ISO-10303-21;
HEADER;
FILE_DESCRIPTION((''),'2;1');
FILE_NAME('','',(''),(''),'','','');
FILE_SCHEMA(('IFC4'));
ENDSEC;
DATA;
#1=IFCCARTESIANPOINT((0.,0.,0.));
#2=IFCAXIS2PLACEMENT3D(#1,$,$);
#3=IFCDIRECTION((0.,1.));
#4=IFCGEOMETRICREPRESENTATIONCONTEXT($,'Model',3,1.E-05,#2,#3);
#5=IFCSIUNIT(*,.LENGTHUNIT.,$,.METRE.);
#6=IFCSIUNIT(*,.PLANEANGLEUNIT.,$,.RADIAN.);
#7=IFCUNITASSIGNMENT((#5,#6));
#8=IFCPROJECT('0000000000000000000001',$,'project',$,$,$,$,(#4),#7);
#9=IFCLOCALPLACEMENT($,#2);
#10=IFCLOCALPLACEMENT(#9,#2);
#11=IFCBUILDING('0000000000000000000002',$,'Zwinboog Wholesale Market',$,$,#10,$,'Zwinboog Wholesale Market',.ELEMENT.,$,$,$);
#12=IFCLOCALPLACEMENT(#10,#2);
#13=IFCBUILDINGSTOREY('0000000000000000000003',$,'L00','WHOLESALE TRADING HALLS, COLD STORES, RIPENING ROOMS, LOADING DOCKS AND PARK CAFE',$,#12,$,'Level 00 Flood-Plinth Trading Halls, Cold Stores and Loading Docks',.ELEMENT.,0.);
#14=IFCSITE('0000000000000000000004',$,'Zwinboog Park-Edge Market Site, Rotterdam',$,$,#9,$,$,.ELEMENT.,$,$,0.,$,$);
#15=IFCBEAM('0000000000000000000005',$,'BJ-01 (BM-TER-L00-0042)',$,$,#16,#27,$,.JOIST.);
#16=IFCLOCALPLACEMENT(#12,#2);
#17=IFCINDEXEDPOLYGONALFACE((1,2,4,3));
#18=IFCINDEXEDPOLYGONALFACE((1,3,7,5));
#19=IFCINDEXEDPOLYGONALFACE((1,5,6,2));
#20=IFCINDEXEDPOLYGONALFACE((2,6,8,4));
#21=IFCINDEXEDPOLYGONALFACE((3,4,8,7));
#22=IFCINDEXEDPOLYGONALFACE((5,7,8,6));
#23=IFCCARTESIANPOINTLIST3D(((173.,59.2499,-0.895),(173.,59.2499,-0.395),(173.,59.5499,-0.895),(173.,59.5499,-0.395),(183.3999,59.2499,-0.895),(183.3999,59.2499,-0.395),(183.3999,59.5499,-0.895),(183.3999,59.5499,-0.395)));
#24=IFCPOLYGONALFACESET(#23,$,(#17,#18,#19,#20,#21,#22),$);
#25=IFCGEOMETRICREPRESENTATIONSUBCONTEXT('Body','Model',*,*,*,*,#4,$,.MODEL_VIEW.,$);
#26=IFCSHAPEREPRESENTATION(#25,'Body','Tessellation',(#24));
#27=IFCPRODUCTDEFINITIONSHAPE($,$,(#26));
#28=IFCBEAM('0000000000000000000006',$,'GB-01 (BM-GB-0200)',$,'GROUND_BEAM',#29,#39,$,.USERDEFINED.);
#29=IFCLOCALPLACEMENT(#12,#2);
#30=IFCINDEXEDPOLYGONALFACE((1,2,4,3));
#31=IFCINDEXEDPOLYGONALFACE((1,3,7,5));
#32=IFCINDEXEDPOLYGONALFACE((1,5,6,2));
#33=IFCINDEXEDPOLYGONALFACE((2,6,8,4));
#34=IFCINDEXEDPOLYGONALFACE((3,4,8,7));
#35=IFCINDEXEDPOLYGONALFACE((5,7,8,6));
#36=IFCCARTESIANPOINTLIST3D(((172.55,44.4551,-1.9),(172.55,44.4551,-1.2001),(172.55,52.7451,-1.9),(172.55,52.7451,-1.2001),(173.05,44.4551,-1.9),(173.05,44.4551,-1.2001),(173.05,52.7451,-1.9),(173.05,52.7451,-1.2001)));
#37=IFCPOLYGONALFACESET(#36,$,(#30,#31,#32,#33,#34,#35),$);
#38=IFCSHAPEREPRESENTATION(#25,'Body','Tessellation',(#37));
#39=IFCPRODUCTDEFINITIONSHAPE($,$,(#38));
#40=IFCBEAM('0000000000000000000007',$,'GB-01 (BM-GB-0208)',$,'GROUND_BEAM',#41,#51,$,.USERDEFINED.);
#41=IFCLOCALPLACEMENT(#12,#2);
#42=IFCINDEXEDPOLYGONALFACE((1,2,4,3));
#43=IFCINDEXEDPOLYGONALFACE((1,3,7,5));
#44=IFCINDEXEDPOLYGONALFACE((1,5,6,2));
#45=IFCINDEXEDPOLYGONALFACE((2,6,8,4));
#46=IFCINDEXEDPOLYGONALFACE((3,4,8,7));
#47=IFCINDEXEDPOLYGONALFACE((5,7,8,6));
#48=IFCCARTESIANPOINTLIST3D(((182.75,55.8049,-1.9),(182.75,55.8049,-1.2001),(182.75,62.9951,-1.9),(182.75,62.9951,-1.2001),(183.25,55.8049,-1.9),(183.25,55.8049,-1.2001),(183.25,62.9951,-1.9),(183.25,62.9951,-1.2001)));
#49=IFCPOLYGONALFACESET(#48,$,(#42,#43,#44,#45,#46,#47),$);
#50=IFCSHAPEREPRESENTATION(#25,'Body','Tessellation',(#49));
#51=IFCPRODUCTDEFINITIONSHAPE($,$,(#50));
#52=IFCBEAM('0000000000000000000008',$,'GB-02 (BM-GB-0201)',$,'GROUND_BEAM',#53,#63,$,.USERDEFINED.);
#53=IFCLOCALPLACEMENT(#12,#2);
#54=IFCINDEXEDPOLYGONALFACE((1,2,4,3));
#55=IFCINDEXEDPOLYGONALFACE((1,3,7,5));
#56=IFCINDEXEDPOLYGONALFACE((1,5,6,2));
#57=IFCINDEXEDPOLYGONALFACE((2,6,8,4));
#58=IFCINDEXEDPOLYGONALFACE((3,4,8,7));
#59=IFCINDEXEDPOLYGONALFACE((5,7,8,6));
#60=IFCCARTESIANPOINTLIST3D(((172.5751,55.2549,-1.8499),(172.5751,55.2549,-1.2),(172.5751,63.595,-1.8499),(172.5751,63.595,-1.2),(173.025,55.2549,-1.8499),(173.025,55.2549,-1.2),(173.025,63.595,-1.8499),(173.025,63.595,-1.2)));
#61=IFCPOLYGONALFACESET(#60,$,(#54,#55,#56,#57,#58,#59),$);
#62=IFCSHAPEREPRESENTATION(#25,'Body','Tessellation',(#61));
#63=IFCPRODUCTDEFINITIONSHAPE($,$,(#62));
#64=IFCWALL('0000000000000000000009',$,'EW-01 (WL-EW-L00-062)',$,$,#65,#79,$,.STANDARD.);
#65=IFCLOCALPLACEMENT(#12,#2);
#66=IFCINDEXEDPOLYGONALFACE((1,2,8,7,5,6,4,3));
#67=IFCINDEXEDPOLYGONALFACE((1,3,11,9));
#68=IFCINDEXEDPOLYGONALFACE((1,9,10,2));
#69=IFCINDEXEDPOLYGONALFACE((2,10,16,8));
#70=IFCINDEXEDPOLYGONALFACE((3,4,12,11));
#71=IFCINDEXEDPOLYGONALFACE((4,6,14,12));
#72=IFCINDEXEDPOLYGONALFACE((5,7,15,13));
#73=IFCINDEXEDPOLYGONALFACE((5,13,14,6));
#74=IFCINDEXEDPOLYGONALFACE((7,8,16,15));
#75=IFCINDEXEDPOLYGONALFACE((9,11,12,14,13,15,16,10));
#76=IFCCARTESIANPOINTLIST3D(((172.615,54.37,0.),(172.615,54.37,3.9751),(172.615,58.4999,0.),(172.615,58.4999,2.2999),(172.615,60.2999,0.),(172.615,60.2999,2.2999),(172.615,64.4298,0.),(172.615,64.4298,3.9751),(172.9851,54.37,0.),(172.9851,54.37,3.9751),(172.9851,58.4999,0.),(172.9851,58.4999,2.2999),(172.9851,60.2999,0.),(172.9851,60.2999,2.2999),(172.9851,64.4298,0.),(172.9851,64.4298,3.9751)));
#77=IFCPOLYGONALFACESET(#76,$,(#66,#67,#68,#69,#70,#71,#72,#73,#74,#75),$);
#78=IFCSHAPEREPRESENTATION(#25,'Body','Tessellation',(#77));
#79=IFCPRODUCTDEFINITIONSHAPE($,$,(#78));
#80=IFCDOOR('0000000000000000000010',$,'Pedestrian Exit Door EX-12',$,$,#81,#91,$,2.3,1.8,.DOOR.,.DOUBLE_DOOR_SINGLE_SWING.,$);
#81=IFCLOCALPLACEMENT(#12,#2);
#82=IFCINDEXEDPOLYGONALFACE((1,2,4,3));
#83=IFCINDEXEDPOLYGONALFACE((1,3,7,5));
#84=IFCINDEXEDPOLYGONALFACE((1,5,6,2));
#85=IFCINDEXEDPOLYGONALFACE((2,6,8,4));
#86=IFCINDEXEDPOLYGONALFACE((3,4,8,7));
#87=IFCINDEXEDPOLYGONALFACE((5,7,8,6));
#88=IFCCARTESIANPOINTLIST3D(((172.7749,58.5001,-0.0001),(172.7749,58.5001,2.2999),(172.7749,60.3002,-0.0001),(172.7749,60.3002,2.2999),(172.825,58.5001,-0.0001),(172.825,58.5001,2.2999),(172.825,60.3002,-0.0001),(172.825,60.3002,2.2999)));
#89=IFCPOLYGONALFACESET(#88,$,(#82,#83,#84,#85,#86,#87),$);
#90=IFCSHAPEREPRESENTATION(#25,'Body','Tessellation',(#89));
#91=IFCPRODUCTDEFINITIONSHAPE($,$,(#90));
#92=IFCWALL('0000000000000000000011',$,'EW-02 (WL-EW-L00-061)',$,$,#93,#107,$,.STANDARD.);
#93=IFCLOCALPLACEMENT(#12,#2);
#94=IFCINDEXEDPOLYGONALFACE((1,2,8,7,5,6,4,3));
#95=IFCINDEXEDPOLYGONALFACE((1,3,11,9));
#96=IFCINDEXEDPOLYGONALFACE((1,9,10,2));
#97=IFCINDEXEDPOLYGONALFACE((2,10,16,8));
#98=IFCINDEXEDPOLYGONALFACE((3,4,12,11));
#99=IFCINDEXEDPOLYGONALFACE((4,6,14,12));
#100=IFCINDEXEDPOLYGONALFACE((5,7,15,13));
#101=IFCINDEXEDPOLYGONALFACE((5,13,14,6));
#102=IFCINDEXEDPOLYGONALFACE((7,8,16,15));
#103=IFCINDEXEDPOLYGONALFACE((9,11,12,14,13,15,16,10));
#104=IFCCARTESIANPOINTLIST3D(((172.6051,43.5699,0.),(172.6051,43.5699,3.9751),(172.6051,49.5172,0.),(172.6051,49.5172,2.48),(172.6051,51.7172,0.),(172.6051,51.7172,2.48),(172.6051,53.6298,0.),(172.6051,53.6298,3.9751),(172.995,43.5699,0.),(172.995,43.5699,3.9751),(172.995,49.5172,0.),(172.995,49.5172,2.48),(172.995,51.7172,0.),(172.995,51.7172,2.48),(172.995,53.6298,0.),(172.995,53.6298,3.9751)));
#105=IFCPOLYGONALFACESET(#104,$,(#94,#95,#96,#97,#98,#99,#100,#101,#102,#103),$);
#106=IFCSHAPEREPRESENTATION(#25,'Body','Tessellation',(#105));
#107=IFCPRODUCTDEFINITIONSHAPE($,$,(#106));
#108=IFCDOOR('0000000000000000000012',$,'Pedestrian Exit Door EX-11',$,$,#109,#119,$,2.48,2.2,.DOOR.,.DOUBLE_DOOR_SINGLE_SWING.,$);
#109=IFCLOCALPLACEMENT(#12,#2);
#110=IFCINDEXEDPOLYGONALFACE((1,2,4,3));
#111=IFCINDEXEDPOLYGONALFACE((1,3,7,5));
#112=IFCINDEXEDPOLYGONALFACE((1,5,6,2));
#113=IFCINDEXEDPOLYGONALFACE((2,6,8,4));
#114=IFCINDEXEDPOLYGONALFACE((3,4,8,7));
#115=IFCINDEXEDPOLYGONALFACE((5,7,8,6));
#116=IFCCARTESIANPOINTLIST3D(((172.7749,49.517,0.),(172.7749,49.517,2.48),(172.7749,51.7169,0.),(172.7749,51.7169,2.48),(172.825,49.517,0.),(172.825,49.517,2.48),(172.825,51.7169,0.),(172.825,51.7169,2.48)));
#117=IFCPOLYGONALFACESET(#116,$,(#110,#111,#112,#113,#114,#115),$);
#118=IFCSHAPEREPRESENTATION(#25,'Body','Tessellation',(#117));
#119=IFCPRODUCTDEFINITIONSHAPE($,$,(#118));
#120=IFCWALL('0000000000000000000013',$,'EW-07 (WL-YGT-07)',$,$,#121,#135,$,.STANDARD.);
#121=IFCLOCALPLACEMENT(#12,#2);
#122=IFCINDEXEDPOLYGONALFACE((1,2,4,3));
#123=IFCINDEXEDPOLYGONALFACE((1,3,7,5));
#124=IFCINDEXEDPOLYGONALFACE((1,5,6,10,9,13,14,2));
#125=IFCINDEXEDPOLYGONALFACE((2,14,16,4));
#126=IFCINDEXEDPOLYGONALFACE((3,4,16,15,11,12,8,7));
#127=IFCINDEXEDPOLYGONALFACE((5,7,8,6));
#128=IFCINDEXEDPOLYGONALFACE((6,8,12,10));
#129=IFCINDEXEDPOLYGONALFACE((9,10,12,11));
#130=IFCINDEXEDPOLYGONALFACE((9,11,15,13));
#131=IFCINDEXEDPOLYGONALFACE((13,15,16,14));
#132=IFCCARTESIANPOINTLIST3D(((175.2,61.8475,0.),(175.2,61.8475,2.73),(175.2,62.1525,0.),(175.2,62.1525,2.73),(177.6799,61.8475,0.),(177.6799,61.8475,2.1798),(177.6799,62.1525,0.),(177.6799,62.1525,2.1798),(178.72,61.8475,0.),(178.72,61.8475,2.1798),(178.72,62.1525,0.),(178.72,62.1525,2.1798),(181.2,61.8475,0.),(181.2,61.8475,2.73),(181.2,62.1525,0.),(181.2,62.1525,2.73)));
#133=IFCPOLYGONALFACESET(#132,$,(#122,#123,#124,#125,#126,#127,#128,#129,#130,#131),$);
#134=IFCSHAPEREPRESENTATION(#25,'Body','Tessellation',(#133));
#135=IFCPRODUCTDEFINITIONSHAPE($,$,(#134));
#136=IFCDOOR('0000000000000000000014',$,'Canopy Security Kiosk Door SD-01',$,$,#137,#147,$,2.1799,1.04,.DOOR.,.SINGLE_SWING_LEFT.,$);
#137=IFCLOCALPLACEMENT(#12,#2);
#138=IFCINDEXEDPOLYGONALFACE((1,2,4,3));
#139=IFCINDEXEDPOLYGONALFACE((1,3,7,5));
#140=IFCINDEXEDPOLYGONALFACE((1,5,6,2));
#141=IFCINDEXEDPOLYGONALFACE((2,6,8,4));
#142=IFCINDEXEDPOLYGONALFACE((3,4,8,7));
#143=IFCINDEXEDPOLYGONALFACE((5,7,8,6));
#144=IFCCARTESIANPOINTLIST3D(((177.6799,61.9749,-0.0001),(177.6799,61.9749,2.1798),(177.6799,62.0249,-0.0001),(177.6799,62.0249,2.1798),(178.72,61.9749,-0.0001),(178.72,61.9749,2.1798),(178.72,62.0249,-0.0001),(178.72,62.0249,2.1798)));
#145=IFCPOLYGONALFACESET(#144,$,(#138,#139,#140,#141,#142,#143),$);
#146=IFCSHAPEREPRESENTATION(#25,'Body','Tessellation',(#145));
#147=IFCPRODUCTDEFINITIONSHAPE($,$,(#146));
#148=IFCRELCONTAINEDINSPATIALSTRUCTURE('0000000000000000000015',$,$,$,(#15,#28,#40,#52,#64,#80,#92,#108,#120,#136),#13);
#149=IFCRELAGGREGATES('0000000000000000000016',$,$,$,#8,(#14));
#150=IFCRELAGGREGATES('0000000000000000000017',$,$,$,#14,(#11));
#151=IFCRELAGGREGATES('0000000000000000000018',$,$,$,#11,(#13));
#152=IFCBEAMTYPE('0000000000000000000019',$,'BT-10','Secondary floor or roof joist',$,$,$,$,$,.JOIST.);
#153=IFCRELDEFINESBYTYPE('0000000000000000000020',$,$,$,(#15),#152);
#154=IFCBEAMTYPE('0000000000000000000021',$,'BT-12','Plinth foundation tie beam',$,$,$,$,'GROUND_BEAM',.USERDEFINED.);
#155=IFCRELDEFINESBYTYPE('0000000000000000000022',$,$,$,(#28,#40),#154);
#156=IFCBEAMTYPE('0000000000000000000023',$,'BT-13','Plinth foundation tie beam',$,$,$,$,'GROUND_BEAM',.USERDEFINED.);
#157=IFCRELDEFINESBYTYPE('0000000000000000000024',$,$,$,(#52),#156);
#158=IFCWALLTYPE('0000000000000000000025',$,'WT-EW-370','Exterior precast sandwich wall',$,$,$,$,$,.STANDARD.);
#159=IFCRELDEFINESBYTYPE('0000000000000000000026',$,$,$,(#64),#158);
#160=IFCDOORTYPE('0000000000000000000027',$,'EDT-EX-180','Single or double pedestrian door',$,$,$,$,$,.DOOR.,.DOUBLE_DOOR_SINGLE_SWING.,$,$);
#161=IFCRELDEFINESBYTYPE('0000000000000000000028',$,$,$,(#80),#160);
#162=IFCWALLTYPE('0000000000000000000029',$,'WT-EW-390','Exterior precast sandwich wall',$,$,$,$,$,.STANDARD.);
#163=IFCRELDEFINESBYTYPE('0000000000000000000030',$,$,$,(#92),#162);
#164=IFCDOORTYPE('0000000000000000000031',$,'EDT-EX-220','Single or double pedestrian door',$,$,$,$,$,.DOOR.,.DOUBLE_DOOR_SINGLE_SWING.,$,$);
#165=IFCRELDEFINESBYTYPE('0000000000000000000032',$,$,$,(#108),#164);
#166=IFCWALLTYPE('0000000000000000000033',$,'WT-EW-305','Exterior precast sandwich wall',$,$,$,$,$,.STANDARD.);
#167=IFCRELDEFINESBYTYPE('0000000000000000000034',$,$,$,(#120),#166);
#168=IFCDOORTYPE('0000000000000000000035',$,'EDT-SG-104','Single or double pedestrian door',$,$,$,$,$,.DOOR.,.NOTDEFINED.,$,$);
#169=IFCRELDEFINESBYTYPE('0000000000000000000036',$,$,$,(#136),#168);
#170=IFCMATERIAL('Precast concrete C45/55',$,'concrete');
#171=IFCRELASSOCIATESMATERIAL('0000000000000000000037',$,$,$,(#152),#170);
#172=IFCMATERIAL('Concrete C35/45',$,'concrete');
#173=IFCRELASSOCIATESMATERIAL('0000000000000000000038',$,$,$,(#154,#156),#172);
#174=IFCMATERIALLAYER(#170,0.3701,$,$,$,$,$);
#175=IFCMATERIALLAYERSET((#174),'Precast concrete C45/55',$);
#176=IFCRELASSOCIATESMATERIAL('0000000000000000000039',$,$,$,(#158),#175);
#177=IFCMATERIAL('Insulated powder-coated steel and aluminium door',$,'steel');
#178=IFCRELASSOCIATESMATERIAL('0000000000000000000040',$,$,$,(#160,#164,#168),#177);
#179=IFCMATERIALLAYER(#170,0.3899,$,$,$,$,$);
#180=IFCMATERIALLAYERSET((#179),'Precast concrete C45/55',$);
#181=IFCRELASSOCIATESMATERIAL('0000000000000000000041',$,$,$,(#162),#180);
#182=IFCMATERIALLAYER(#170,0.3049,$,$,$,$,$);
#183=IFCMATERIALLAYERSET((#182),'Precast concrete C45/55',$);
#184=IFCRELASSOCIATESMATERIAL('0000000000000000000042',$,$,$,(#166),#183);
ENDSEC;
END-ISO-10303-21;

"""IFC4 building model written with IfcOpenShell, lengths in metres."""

from ifc_helpers import new_model, si_unit, direction, frame, frame_2d, origin, origin_2d, place, context, subcontext, project, spatial, rectangle, extrude, material, layer, layer_set, material_profile, profile_set, type_object, element, fill, save


model = new_model("IFC4")

# Units and contexts
model_context = context("Model", 3, precision=1e-05, world=origin(), true_north=direction((0.0, 1.0)))
body_context = subcontext(model_context, "Body", "Model", "MODEL_VIEW")
ifc_project = project(units=[si_unit("LENGTHUNIT", "METRE"), si_unit("PLANEANGLEUNIT", "RADIAN")], contexts=[model_context])

# Site, building, storey
site_placement = place(None, origin())
site = spatial("IfcSite", under=ifc_project, at=site_placement, Name="Zwinboog Park-Edge Market Site, Rotterdam", CompositionType="ELEMENT", RefElevation=0.0)
building_placement = place(site_placement, origin())
building = spatial("IfcBuilding", under=site, at=building_placement, Name="Zwinboog Wholesale Market", LongName="Zwinboog Wholesale Market", CompositionType="ELEMENT")
storey_placement = place(building_placement, origin())
storey = spatial("IfcBuildingStorey", under=building, at=storey_placement, Name="L00", Description="WHOLESALE TRADING HALLS, COLD STORES, RIPENING ROOMS, LOADING DOCKS AND PARK CAFE", LongName="Level 00 Flood-Plinth Trading Halls, Cold Stores and Loading Docks", CompositionType="ELEMENT", Elevation=0.0)

# Shared definitions
ifc_material_1 = material(Name="Concrete C35/45", Category="concrete")

# Shared definitions
ifc_material_2 = material(Name="Precast concrete C45/55", Category="concrete")

# Beams
ifc_material_profile_1 = material_profile(ifc_material_2, rectangle(XDim=0.3, YDim=0.5, at=origin_2d()), Name="PC 300x500")
ifc_profile_set_1 = profile_set([ifc_material_profile_1], Name="Precast concrete C45/55")
beam_type_1 = type_object("IfcBeamType", Name="BT-10", Description="Secondary floor or roof joist", PredefinedType="JOIST", material=ifc_profile_set_1)
for number, where, z_axis, x_axis, name in (
    (1, (173.0, 59.3999, -0.645), (1.0, 0.0, 0.0), (0.0, 1.0, 0.0), "BJ-01 (BM-TER-L00-0042)"),
):
    element("IfcBeam", number, at=place(storey_placement, frame(where, z_axis=z_axis, x_axis=x_axis)), inside=storey, type_object=beam_type_1, Name=name, PredefinedType="JOIST", context=body_context, shape_type="SweptSolid", body=[
        extrude(rectangle(XDim=0.3, YDim=0.5, at=origin_2d()), origin(), (0.0, 0.0, 1.0), 10.3999),
    ])
ifc_material_profile_2 = material_profile(ifc_material_1, rectangle(XDim=0.5, YDim=0.7, at=origin_2d()), Name="RC 500x700")
ifc_profile_set_2 = profile_set([ifc_material_profile_2], Name="Concrete C35/45")
beam_type_2 = type_object("IfcBeamType", Name="BT-12", Description="Plinth foundation tie beam", ElementType="GROUND_BEAM", PredefinedType="USERDEFINED", material=ifc_profile_set_2)
beam_1_placement = place(storey_placement, frame((172.8, 44.4551, -1.55), z_axis=(0.0, 1.0, 0.0), x_axis=(-1.0, 0.0, 0.0)))
element("IfcBeam", 2, at=beam_1_placement, inside=storey, type_object=beam_type_2, Name="GB-01 (BM-GB-0200)", ObjectType="GROUND_BEAM", PredefinedType="USERDEFINED", context=body_context, shape_type="SweptSolid", body=[
    extrude(rectangle(XDim=0.5, YDim=0.7, at=origin_2d()), origin(), (0.0, 0.0, 1.0), 8.29),
])
beam_2_placement = place(storey_placement, frame((183.0, 55.8049, -1.55), z_axis=(0.0, 1.0, 0.0), x_axis=(-1.0, 0.0, 0.0)))
element("IfcBeam", 3, at=beam_2_placement, inside=storey, type_object=beam_type_2, Name="GB-01 (BM-GB-0208)", ObjectType="GROUND_BEAM", PredefinedType="USERDEFINED", context=body_context, shape_type="SweptSolid", body=[
    extrude(rectangle(XDim=0.5, YDim=0.7, at=origin_2d()), origin(), (0.0, 0.0, 1.0), 7.1902),
])
ifc_material_profile_3 = material_profile(ifc_material_1, rectangle(XDim=0.45, YDim=0.6499, at=origin_2d()), Name="RC 450x650")
ifc_profile_set_3 = profile_set([ifc_material_profile_3], Name="Concrete C35/45")
beam_type_3 = type_object("IfcBeamType", Name="BT-13", Description="Plinth foundation tie beam", ElementType="GROUND_BEAM", PredefinedType="USERDEFINED", material=ifc_profile_set_3)
beam_3_placement = place(storey_placement, frame((172.8, 55.2549, -1.5249), z_axis=(0.0, 1.0, 0.0), x_axis=(-1.0, 0.0, 0.0)))
element("IfcBeam", 4, at=beam_3_placement, inside=storey, type_object=beam_type_3, Name="GB-02 (BM-GB-0201)", ObjectType="GROUND_BEAM", PredefinedType="USERDEFINED", context=body_context, shape_type="SweptSolid", body=[
    extrude(rectangle(XDim=0.45, YDim=0.6499, at=origin_2d()), origin(), (0.0, 0.0, 1.0), 8.3401),
])

# Walls, openings, doors
ifc_layer_1 = layer(ifc_material_2, 0.3701)
ifc_layer_set_1 = layer_set([ifc_layer_1], Name="Precast concrete C45/55")
wall_type_1 = type_object("IfcWallType", Name="WT-EW-370", Description="Exterior precast sandwich wall", PredefinedType="STANDARD", material=ifc_layer_set_1)
wall_1_placement = place(storey_placement, frame((172.8, 54.3701, 0.0), z_axis=(0.0, 0.0, 1.0), x_axis=(0.0, 1.0, 0.0)))
wall_1 = element("IfcWall", 5, at=wall_1_placement, inside=storey, type_object=wall_type_1, Name="EW-01 (WL-EW-L00-062)", PredefinedType="STANDARD", context=body_context, shape_type="SweptSolid", body=[
    extrude(rectangle(XDim=10.0598, YDim=0.3701, at=frame_2d((5.0298, 0.0))), origin(), (0.0, 0.0, 1.0), 3.9751),
])
opening_1_placement = place(wall_1_placement, frame((4.1299, 0.0, 0.0)))
opening_1 = element("IfcOpeningElement", 6, at=opening_1_placement, cuts=wall_1, PredefinedType="OPENING", context=body_context, shape_type="SweptSolid", body=[
    extrude(rectangle(XDim=1.8, YDim=2.3, at=frame_2d((0.8999, 1.1499))), frame((0.0, 0.1951, 0.0), z_axis=(0.0, -1.0, 0.0), x_axis=(1.0, 0.0, 0.0)), (0.0, 0.0, 1.0), 0.3901),
])
ifc_material_3 = material(Name="Insulated powder-coated steel and aluminium door", Category="steel")
door_type_1 = type_object("IfcDoorType", Name="EDT-EX-180", Description="Single or double pedestrian door", OperationType="DOUBLE_DOOR_SINGLE_SWING", PredefinedType="DOOR", material=ifc_material_3)
door_1_placement = place(opening_1_placement, frame((1.8, 0.0, 0.0), z_axis=(0.0, 0.0, 1.0), x_axis=(-1.0, 0.0, 0.0)))
door_1 = element("IfcDoor", 7, at=door_1_placement, inside=storey, type_object=door_type_1, Name="Pedestrian Exit Door EX-12", OperationType="DOUBLE_DOOR_SINGLE_SWING", OverallHeight=2.3, OverallWidth=1.8, PredefinedType="DOOR", context=body_context, shape_type="SweptSolid", body=[
    extrude(rectangle(XDim=1.8, YDim=2.3, at=frame_2d((0.8999, 1.1499))), frame((0.0, 0.0249, 0.0), z_axis=(0.0, -1.0, 0.0), x_axis=(1.0, 0.0, 0.0)), (0.0, 0.0, 1.0), 0.05),
])
fill(opening_1, door_1)
ifc_layer_2 = layer(ifc_material_2, 0.3899)
ifc_layer_set_2 = layer_set([ifc_layer_2], Name="Precast concrete C45/55")
wall_type_2 = type_object("IfcWallType", Name="WT-EW-390", Description="Exterior precast sandwich wall", PredefinedType="STANDARD", material=ifc_layer_set_2)
wall_2_placement = place(storey_placement, frame((172.8, 43.5701, 0.0), z_axis=(0.0, 0.0, 1.0), x_axis=(0.0, 1.0, 0.0)))
wall_2 = element("IfcWall", 8, at=wall_2_placement, inside=storey, type_object=wall_type_2, Name="EW-02 (WL-EW-L00-061)", PredefinedType="STANDARD", context=body_context, shape_type="SweptSolid", body=[
    extrude(rectangle(XDim=10.0598, YDim=0.3899, at=frame_2d((5.0298, 0.0))), origin(), (0.0, 0.0, 1.0), 3.9751),
])
opening_2_placement = place(wall_2_placement, frame((5.947, 0.0, 0.0)))
opening_2 = element("IfcOpeningElement", 9, at=opening_2_placement, cuts=wall_2, PredefinedType="OPENING", context=body_context, shape_type="SweptSolid", body=[
    extrude(rectangle(XDim=2.2, YDim=2.48, at=frame_2d((1.1001, 1.24))), frame((0.0, 0.2048, 0.0), z_axis=(0.0, -1.0, 0.0), x_axis=(1.0, 0.0, 0.0)), (0.0, 0.0, 1.0), 0.4099),
])
door_type_2 = type_object("IfcDoorType", Name="EDT-EX-220", Description="Single or double pedestrian door", OperationType="DOUBLE_DOOR_SINGLE_SWING", PredefinedType="DOOR", material=ifc_material_3)
door_2_placement = place(opening_2_placement, frame((2.2, 0.0, 0.0), z_axis=(0.0, 0.0, 1.0), x_axis=(-1.0, 0.0, 0.0)))
door_2 = element("IfcDoor", 10, at=door_2_placement, inside=storey, type_object=door_type_2, Name="Pedestrian Exit Door EX-11", OperationType="DOUBLE_DOOR_SINGLE_SWING", OverallHeight=2.48, OverallWidth=2.2, PredefinedType="DOOR", context=body_context, shape_type="SweptSolid", body=[
    extrude(rectangle(XDim=2.2, YDim=2.48, at=frame_2d((1.1001, 1.24))), frame((0.0, 0.0249, 0.0), z_axis=(0.0, -1.0, 0.0), x_axis=(1.0, 0.0, 0.0)), (0.0, 0.0, 1.0), 0.05),
])
fill(opening_2, door_2)
ifc_layer_3 = layer(ifc_material_2, 0.3049)
ifc_layer_set_3 = layer_set([ifc_layer_3], Name="Precast concrete C45/55")
wall_type_3 = type_object("IfcWallType", Name="WT-EW-305", Description="Exterior precast sandwich wall", PredefinedType="STANDARD", material=ifc_layer_set_3)
wall_3_placement = place(storey_placement, frame((175.2, 62.0, 0.0), z_axis=(0.0, 0.0, 1.0), x_axis=(1.0, 0.0, 0.0)))
wall_3 = element("IfcWall", 11, at=wall_3_placement, inside=storey, type_object=wall_type_3, Name="EW-07 (WL-YGT-07)", PredefinedType="STANDARD", context=body_context, shape_type="SweptSolid", body=[
    extrude(rectangle(XDim=6.0, YDim=0.3049, at=frame_2d((3.0, 0.0))), origin(), (0.0, 0.0, 1.0), 2.73),
])
opening_3_placement = place(wall_3_placement, frame((2.48, 0.0, 0.0)))
opening_3 = element("IfcOpeningElement", 12, at=opening_3_placement, cuts=wall_3, PredefinedType="OPENING", context=body_context, shape_type="SweptSolid", body=[
    extrude(rectangle(XDim=1.04, YDim=2.1799, at=frame_2d((0.52, 1.0898))), frame((0.0, 0.1624, 0.0), z_axis=(0.0, -1.0, 0.0), x_axis=(1.0, 0.0, 0.0)), (0.0, 0.0, 1.0), 0.325),
])
door_type_3 = type_object("IfcDoorType", Name="EDT-SG-104", Description="Single or double pedestrian door", OperationType="NOTDEFINED", PredefinedType="DOOR", material=ifc_material_3)
door_3_placement = place(opening_3_placement, origin())
door_3 = element("IfcDoor", 13, at=door_3_placement, inside=storey, type_object=door_type_3, Name="Canopy Security Kiosk Door SD-01", OperationType="SINGLE_SWING_LEFT", OverallHeight=2.1799, OverallWidth=1.04, PredefinedType="DOOR", context=body_context, shape_type="SweptSolid", body=[
    extrude(rectangle(XDim=1.04, YDim=2.1799, at=frame_2d((0.52, 1.0898))), frame((0.0, 0.0249, 0.0), z_axis=(0.0, -1.0, 0.0), x_axis=(1.0, 0.0, 0.0)), (0.0, 0.0, 1.0), 0.05),
])
fill(opening_3, door_3)

save(model, "model.ifc")
